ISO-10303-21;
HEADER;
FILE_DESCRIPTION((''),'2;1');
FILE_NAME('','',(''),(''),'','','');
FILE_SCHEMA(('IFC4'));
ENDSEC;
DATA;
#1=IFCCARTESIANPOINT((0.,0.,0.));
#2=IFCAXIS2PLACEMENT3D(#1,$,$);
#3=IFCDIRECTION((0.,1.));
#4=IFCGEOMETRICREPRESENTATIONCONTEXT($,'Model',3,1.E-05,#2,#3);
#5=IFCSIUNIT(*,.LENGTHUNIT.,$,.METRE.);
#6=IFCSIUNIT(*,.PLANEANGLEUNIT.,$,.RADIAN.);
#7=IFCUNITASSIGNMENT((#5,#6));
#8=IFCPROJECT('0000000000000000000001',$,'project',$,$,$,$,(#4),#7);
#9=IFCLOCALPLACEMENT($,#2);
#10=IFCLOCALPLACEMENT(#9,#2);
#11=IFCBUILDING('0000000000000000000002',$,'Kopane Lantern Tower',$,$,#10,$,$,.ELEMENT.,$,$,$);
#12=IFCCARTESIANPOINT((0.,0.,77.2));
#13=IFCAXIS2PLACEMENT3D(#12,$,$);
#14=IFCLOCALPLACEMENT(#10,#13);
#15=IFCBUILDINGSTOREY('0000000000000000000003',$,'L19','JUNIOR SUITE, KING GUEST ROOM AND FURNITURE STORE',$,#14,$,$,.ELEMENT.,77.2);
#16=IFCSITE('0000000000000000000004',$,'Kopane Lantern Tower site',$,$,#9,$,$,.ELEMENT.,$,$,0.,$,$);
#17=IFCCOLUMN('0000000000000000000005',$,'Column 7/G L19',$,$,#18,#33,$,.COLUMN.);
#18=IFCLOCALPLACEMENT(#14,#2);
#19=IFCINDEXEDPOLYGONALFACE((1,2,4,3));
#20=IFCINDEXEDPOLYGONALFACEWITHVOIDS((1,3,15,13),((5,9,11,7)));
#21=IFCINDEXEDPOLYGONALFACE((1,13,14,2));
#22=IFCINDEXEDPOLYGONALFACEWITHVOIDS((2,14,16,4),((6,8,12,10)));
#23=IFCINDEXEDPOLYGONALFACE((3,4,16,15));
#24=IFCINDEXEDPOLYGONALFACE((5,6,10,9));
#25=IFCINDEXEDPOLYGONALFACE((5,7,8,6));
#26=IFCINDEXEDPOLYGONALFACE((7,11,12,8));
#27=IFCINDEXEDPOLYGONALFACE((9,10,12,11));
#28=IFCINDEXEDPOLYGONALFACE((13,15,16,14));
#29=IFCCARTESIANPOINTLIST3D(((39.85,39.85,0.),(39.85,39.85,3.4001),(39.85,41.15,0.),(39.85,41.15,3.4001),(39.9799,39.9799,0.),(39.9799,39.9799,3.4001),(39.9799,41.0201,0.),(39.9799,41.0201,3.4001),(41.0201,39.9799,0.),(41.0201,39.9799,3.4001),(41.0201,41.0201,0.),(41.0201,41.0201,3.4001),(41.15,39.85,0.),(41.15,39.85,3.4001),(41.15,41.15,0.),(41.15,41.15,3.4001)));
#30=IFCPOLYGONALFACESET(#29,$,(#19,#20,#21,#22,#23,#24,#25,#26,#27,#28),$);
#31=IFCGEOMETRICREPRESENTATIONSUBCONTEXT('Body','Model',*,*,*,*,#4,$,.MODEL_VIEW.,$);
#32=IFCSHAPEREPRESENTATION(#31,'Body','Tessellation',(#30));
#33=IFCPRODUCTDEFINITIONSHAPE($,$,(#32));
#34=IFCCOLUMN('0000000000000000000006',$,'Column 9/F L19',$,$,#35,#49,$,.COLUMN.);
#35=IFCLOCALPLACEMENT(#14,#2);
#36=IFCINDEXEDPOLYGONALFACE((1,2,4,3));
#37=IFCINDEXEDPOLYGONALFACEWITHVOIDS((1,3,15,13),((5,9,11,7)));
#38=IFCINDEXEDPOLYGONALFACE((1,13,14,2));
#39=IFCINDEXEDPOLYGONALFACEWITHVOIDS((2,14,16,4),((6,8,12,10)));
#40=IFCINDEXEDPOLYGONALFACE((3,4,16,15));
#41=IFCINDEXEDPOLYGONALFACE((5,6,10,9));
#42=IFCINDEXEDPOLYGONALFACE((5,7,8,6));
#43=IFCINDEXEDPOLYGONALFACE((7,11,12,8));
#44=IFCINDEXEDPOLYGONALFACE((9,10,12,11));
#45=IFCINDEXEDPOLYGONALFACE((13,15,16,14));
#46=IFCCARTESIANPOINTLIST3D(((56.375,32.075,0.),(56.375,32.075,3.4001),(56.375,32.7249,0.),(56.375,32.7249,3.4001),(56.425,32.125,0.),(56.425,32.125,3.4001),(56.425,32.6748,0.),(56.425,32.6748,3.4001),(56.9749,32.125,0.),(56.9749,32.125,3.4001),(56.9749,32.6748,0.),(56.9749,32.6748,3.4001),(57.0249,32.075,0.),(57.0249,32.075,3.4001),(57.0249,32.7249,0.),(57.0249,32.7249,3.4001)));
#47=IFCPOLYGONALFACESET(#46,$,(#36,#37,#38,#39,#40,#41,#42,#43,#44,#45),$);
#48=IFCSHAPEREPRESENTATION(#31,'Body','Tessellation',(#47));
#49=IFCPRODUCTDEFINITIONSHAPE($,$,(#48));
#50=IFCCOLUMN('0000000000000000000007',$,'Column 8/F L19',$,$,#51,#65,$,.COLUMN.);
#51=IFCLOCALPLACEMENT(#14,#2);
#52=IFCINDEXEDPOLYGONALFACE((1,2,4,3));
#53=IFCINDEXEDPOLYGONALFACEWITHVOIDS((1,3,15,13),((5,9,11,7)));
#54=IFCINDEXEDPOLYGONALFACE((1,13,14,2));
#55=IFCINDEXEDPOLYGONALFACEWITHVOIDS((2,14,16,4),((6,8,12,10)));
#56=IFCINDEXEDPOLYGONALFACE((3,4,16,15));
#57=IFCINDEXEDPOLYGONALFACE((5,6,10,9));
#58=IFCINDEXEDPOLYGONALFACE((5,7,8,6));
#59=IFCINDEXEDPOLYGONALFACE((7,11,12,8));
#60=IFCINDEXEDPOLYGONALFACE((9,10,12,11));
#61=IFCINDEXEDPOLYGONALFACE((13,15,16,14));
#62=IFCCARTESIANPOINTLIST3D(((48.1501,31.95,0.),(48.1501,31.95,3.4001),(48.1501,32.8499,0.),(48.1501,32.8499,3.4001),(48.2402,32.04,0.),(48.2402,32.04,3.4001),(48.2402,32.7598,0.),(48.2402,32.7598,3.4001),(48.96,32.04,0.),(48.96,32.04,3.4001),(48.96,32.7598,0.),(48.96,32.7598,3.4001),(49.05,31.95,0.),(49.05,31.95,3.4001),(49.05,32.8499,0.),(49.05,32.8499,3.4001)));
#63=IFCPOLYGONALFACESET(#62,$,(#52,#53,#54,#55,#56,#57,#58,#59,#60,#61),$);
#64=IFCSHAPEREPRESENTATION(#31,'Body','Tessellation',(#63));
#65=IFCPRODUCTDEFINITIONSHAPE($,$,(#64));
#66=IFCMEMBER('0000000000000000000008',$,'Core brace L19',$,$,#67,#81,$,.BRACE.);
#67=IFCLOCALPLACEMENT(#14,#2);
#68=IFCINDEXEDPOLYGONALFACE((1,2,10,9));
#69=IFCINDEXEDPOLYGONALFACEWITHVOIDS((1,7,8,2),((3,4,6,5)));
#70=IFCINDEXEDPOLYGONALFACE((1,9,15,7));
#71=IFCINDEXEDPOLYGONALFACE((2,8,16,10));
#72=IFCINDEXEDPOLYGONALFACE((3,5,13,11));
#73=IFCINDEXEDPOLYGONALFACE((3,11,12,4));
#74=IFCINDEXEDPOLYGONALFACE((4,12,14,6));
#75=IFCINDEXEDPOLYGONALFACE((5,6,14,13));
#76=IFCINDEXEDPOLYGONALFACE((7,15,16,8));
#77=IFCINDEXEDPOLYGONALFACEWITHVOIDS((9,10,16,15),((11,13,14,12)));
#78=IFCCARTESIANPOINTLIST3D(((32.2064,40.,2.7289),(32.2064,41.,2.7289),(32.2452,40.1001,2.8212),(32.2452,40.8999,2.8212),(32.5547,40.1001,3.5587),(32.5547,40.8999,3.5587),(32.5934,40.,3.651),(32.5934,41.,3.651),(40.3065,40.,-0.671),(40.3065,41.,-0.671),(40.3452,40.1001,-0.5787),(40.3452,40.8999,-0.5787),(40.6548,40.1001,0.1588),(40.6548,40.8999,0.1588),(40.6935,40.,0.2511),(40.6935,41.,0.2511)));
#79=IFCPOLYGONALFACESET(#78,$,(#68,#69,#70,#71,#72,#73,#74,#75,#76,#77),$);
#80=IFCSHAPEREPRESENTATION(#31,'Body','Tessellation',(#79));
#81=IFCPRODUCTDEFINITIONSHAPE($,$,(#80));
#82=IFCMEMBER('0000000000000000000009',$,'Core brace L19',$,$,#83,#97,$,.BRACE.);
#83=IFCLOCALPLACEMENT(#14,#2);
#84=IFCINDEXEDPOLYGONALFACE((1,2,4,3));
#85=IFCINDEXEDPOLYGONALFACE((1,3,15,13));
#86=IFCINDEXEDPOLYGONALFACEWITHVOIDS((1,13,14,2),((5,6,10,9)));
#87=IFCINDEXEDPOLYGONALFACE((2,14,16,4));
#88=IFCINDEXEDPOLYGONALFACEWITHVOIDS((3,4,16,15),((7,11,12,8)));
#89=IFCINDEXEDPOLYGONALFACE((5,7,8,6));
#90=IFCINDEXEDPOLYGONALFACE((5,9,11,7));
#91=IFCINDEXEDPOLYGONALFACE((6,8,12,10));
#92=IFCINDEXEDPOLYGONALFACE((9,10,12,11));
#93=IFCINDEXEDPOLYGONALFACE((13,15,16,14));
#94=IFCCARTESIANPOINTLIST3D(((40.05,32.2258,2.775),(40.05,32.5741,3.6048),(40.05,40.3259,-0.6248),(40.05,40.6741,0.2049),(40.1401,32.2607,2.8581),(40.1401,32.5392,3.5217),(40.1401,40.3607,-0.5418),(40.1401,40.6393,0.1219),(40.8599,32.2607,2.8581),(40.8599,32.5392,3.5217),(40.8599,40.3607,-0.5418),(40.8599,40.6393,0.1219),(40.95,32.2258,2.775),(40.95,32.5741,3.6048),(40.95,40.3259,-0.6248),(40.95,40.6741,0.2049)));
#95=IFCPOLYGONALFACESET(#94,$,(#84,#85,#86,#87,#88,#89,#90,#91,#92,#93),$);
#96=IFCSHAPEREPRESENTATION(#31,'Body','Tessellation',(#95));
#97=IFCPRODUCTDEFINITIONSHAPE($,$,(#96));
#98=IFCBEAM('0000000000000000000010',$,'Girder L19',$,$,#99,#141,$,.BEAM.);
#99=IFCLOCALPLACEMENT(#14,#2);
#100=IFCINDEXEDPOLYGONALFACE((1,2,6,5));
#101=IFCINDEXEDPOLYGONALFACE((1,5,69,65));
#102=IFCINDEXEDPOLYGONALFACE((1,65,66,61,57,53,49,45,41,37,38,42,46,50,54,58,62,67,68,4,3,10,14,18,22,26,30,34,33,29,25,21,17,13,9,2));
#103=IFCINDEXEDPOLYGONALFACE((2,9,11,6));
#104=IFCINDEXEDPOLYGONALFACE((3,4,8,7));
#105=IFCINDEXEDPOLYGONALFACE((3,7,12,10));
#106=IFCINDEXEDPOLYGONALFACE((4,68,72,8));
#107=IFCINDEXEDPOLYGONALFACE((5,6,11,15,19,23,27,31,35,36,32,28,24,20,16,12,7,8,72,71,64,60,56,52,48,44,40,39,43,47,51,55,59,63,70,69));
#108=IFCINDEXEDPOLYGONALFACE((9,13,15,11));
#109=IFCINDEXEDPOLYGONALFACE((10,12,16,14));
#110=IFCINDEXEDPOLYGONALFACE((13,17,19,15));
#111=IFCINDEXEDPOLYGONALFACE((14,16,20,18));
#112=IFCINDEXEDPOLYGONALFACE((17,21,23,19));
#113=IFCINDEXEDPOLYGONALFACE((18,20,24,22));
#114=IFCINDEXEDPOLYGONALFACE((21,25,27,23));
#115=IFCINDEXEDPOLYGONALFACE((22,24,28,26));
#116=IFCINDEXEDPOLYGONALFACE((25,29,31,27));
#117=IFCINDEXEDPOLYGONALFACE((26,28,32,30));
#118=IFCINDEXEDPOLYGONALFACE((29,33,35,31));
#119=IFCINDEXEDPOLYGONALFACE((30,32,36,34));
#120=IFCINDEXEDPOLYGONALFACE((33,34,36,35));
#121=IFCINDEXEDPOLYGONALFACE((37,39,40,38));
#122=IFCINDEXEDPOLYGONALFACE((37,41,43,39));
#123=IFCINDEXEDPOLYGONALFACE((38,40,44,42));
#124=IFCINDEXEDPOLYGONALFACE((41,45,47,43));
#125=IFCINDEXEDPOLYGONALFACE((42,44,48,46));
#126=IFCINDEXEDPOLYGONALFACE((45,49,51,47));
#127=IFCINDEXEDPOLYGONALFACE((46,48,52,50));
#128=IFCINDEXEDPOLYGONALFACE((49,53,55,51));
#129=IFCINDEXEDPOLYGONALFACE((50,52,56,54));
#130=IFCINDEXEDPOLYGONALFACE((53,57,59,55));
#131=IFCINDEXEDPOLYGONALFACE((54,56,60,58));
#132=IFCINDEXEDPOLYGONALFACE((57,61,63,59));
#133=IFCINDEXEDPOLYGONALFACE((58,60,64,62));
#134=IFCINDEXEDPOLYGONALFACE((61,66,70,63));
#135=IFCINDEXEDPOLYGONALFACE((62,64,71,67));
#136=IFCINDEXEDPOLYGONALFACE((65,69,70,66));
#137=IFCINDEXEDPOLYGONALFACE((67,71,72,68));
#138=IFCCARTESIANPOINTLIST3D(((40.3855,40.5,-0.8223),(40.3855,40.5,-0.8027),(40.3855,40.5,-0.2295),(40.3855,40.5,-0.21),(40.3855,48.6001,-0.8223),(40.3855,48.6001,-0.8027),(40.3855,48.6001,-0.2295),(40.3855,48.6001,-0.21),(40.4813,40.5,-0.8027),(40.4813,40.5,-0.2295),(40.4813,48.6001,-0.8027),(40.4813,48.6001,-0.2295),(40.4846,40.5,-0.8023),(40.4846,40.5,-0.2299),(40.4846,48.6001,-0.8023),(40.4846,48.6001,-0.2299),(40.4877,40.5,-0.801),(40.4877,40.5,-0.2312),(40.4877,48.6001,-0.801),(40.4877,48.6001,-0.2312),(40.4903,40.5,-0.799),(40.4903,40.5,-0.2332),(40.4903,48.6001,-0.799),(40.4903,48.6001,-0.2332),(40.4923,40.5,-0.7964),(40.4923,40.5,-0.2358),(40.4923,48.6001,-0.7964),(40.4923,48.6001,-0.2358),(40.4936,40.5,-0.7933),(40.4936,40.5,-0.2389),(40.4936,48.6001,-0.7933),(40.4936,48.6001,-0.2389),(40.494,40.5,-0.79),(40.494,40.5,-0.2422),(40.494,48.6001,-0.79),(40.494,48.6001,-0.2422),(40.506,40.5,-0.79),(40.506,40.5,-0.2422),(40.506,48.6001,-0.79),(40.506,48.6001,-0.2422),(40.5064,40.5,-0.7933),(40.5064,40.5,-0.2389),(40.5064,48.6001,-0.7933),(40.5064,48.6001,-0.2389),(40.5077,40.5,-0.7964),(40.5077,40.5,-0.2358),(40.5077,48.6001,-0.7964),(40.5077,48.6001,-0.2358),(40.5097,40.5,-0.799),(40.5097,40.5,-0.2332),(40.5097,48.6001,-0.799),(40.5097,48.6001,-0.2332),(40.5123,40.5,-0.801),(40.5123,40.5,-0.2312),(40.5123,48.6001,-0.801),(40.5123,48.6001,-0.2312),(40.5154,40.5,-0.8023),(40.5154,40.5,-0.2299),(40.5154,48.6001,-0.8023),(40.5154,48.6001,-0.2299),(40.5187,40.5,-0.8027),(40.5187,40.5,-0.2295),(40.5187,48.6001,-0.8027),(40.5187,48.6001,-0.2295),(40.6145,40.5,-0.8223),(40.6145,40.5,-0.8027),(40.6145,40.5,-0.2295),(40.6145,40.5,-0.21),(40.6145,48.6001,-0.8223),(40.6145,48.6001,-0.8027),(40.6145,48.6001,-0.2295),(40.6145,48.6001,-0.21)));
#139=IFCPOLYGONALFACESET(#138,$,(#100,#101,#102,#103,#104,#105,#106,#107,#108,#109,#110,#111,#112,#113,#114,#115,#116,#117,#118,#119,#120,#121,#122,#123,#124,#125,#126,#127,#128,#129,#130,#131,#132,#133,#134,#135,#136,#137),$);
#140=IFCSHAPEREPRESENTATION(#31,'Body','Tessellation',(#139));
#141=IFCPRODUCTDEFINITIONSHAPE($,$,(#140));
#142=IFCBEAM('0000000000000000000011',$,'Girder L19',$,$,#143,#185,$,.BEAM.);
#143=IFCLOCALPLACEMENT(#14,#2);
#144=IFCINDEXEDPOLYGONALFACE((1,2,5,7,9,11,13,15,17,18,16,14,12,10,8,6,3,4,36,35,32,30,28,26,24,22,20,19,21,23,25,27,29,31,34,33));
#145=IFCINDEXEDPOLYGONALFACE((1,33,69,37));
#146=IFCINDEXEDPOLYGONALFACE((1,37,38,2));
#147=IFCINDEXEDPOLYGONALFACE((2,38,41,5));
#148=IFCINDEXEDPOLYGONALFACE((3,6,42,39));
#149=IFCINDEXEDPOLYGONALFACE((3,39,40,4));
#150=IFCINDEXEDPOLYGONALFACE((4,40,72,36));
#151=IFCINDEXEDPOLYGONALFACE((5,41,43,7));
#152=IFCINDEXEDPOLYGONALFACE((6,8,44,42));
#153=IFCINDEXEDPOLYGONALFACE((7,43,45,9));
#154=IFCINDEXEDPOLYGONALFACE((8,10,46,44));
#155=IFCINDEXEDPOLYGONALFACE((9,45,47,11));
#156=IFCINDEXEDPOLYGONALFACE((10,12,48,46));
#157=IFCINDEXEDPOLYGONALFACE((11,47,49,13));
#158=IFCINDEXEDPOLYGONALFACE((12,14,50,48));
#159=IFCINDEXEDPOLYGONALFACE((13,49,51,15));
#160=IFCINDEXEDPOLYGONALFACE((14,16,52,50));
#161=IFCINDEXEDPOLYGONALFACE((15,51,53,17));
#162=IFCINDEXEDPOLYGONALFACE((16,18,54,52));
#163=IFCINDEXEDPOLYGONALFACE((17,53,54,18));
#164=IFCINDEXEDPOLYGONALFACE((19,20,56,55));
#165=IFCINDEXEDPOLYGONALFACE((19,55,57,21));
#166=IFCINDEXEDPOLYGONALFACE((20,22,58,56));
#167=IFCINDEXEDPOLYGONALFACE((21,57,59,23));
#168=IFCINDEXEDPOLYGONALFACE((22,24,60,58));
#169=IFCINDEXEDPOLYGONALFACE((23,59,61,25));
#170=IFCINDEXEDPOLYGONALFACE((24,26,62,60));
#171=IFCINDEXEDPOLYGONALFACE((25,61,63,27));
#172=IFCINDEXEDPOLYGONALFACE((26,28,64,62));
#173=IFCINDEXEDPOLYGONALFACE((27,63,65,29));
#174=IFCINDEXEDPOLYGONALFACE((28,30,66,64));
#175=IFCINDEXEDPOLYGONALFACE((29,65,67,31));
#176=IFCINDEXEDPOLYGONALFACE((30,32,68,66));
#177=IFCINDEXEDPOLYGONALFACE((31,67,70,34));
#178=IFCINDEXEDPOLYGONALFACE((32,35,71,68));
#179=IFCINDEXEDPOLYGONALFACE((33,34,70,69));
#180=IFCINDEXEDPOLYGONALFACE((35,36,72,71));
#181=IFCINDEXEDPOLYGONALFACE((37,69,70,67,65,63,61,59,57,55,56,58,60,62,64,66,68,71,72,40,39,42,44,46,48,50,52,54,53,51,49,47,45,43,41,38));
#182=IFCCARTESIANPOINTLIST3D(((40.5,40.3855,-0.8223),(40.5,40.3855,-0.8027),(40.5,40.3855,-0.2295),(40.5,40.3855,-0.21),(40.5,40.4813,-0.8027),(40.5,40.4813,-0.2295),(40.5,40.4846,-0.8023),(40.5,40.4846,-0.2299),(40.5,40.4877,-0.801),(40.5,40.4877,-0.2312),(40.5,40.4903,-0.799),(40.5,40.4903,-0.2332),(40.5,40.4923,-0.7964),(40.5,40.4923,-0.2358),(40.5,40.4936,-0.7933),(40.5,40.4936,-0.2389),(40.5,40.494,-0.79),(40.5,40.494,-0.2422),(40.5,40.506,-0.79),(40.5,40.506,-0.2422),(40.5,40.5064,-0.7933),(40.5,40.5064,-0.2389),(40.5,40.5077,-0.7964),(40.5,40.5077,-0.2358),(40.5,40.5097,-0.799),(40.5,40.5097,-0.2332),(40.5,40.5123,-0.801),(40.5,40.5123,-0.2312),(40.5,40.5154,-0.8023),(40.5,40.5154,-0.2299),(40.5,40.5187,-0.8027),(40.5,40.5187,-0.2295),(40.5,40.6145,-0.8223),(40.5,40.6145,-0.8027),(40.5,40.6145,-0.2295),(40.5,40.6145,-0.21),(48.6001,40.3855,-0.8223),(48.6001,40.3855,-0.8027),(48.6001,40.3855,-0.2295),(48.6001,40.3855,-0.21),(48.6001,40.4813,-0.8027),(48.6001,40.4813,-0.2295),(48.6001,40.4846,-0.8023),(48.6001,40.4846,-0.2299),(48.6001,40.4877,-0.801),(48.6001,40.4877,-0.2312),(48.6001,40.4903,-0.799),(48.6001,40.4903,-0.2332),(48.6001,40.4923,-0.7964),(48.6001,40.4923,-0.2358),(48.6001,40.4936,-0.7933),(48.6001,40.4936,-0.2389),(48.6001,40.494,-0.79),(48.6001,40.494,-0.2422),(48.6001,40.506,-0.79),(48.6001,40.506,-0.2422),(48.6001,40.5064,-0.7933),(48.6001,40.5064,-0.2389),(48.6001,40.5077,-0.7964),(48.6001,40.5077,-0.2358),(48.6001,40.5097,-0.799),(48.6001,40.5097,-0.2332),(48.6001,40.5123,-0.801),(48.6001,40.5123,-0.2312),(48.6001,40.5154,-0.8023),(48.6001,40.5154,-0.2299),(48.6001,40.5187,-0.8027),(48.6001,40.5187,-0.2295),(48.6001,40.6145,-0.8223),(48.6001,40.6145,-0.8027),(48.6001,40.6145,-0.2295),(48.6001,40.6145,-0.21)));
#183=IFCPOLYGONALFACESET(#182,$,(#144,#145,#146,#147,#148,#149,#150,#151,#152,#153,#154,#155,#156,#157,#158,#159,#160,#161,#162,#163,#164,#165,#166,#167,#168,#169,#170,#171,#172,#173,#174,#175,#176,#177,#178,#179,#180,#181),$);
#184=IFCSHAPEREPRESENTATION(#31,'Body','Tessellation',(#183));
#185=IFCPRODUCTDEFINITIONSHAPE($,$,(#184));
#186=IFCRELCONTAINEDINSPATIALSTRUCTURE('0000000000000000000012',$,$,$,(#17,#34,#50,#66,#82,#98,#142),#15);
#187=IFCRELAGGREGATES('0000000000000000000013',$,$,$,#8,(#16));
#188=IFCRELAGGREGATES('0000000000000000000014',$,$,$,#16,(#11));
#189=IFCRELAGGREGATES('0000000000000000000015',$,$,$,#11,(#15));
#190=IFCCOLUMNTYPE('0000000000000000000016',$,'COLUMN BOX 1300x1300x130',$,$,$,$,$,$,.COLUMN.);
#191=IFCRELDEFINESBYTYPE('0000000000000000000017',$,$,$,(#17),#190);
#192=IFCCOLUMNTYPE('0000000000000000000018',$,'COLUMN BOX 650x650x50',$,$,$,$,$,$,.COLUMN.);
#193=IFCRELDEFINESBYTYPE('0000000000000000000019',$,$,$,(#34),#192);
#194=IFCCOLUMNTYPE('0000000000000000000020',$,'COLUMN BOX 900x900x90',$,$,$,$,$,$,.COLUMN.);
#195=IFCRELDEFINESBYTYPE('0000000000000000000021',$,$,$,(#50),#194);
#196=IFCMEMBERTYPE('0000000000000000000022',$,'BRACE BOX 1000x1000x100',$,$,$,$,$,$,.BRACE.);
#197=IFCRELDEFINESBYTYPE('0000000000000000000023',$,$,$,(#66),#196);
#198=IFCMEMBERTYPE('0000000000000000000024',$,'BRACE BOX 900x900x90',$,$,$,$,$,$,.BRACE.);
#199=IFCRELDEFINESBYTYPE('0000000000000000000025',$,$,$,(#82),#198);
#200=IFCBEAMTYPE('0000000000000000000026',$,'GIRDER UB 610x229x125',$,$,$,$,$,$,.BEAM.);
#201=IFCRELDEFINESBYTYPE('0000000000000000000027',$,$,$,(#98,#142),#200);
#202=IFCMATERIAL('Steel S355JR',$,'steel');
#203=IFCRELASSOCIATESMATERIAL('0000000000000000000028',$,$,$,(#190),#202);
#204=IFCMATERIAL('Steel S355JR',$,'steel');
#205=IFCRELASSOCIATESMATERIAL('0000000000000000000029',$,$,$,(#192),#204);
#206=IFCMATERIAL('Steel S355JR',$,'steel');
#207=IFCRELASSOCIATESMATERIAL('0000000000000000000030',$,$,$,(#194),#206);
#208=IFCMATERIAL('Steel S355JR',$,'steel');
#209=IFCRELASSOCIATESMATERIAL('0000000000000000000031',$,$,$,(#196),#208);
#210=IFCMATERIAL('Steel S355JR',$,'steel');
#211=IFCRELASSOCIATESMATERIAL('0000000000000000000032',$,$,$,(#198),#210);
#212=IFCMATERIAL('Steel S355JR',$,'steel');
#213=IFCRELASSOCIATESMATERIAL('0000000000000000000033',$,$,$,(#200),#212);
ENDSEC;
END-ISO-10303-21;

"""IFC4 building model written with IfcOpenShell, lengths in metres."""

from ifc_helpers import new_model, si_unit, direction, frame, origin, origin_2d, place, context, subcontext, project, spatial, hollow_rectangle, i_section, extrude, material, material_profile, profile_set, type_object, element, save


model = new_model("IFC4")

# Units and contexts
model_context = context("Model", 3, precision=1e-05, world=origin(), true_north=direction((0.0, 1.0)))
body_context = subcontext(model_context, "Body", "Model", "MODEL_VIEW")
ifc_project = project(units=[si_unit("LENGTHUNIT", "METRE"), si_unit("PLANEANGLEUNIT", "RADIAN")], contexts=[model_context])

# Site, building, storey
site_placement = place(None, origin())
site = spatial("IfcSite", under=ifc_project, at=site_placement, Name="Kopane Lantern Tower site", CompositionType="ELEMENT", RefElevation=0.0)
building_placement = place(site_placement, origin())
building = spatial("IfcBuilding", under=site, at=building_placement, Name="Kopane Lantern Tower", CompositionType="ELEMENT")
storey_placement = place(building_placement, frame((0.0, 0.0, 77.2)))
storey = spatial("IfcBuildingStorey", under=building, at=storey_placement, Name="L19", Description="JUNIOR SUITE, KING GUEST ROOM AND FURNITURE STORE", CompositionType="ELEMENT", Elevation=77.2)

# Columns
ifc_material_1 = material(Name="Steel S355JR", Category="steel")
ifc_material_profile_1 = material_profile(ifc_material_1, hollow_rectangle(XDim=1.3, YDim=1.3, WallThickness=0.1299, at=origin_2d()), Name="BOX 1300x1300x130")
ifc_profile_set_1 = profile_set([ifc_material_profile_1], Name="Steel S355JR")
column_type_1 = type_object("IfcColumnType", Name="COLUMN BOX 1300x1300x130", PredefinedType="COLUMN", material=ifc_profile_set_1)
column_1_placement = place(storey_placement, frame((40.5, 40.5, 0.0), z_axis=(0.0, 0.0, 1.0), x_axis=(1.0, 0.0, 0.0)))
element("IfcColumn", 1, at=column_1_placement, inside=storey, type_object=column_type_1, Name="Column 7/G L19", PredefinedType="COLUMN", context=body_context, shape_type="SweptSolid", body=[
    extrude(hollow_rectangle(XDim=1.3, YDim=1.3, WallThickness=0.1299, at=origin_2d()), origin(), (0.0, 0.0, 1.0), 3.4001),
])
ifc_material_2 = material(Name="Steel S355JR", Category="steel")
ifc_material_profile_2 = material_profile(ifc_material_2, hollow_rectangle(XDim=0.6499, YDim=0.6499, WallThickness=0.05, at=origin_2d()), Name="BOX 650x650x50")
ifc_profile_set_2 = profile_set([ifc_material_profile_2], Name="Steel S355JR")
column_type_2 = type_object("IfcColumnType", Name="COLUMN BOX 650x650x50", PredefinedType="COLUMN", material=ifc_profile_set_2)
column_2_placement = place(storey_placement, frame((56.7, 32.3999, 0.0), z_axis=(0.0, 0.0, 1.0), x_axis=(1.0, 0.0, 0.0)))
element("IfcColumn", 2, at=column_2_placement, inside=storey, type_object=column_type_2, Name="Column 9/F L19", PredefinedType="COLUMN", context=body_context, shape_type="SweptSolid", body=[
    extrude(hollow_rectangle(XDim=0.6499, YDim=0.6499, WallThickness=0.05, at=origin_2d()), origin(), (0.0, 0.0, 1.0), 3.4001),
])
ifc_material_3 = material(Name="Steel S355JR", Category="steel")
ifc_material_profile_3 = material_profile(ifc_material_3, hollow_rectangle(XDim=0.8999, YDim=0.8999, WallThickness=0.0901, at=origin_2d()), Name="BOX 900x900x90")
ifc_profile_set_3 = profile_set([ifc_material_profile_3], Name="Steel S355JR")
column_type_3 = type_object("IfcColumnType", Name="COLUMN BOX 900x900x90", PredefinedType="COLUMN", material=ifc_profile_set_3)
column_3_placement = place(storey_placement, frame((48.6001, 32.3999, 0.0), z_axis=(0.0, 0.0, 1.0), x_axis=(1.0, 0.0, 0.0)))
element("IfcColumn", 3, at=column_3_placement, inside=storey, type_object=column_type_3, Name="Column 8/F L19", PredefinedType="COLUMN", context=body_context, shape_type="SweptSolid", body=[
    extrude(hollow_rectangle(XDim=0.8999, YDim=0.8999, WallThickness=0.0901, at=origin_2d()), origin(), (0.0, 0.0, 1.0), 3.4001),
])

# Members
ifc_material_4 = material(Name="Steel S355JR", Category="steel")
ifc_material_profile_4 = material_profile(ifc_material_4, hollow_rectangle(XDim=1.0, YDim=1.0, WallThickness=0.1001, at=origin_2d()), Name="BOX 1000x1000x100")
ifc_profile_set_4 = profile_set([ifc_material_profile_4], Name="Steel S355JR")
member_type_1 = type_object("IfcMemberType", Name="BRACE BOX 1000x1000x100", PredefinedType="BRACE", material=ifc_profile_set_4)
member_1_placement = place(storey_placement, frame((40.5, 40.5, -0.21), z_axis=(-0.922069, 0.0, 0.387026), x_axis=(0.0, -1.0, 0.0)))
element("IfcMember", 4, at=member_1_placement, inside=storey, type_object=member_type_1, Name="Core brace L19", PredefinedType="BRACE", context=body_context, shape_type="SweptSolid", body=[
    extrude(hollow_rectangle(XDim=1.0, YDim=1.0, WallThickness=0.1001, at=origin_2d()), origin(), (0.0, 0.0, 1.0), 8.7847),
])
ifc_material_5 = material(Name="Steel S355JR", Category="steel")
ifc_material_profile_5 = material_profile(ifc_material_5, hollow_rectangle(XDim=0.8999, YDim=0.8999, WallThickness=0.0901, at=origin_2d()), Name="BOX 900x900x90")
ifc_profile_set_5 = profile_set([ifc_material_profile_5], Name="Steel S355JR")
member_type_2 = type_object("IfcMemberType", Name="BRACE BOX 900x900x90", PredefinedType="BRACE", material=ifc_profile_set_5)
member_2_placement = place(storey_placement, frame((40.5, 40.5, -0.21), z_axis=(0.0, -0.922069, 0.387026), x_axis=(1.0, 0.0, 0.0)))
element("IfcMember", 5, at=member_2_placement, inside=storey, type_object=member_type_2, Name="Core brace L19", PredefinedType="BRACE", context=body_context, shape_type="SweptSolid", body=[
    extrude(hollow_rectangle(XDim=0.8999, YDim=0.8999, WallThickness=0.0901, at=origin_2d()), origin(), (0.0, 0.0, 1.0), 8.7847),
])

# Beams
ifc_material_6 = material(Name="Steel S355JR", Category="steel")
ifc_material_profile_6 = material_profile(ifc_material_6, i_section(OverallWidth=0.229, OverallDepth=0.6123, WebThickness=0.012, FlangeThickness=0.0195, FilletRadius=0.0127, at=origin_2d()), Name="UB 610x229x125")
ifc_profile_set_6 = profile_set([ifc_material_profile_6], Name="Steel S355JR")
beam_type = type_object("IfcBeamType", Name="GIRDER UB 610x229x125", PredefinedType="BEAM", material=ifc_profile_set_6)
for number, where, z_axis, x_axis, name in (
    (6, (40.5, 40.5, -0.5161), (0.0, 1.0, 0.0), (-1.0, 0.0, 0.0), "Girder L19"),
    (7, (40.5, 40.5, -0.5161), (1.0, 0.0, 0.0), (0.0, 1.0, 0.0), "Girder L19"),
):
    element("IfcBeam", number, at=place(storey_placement, frame(where, z_axis=z_axis, x_axis=x_axis)), inside=storey, type_object=beam_type, Name=name, PredefinedType="BEAM", context=body_context, shape_type="SweptSolid", body=[
        extrude(i_section(OverallWidth=0.229, OverallDepth=0.6123, WebThickness=0.012, FlangeThickness=0.0195, FilletRadius=0.0127, at=origin_2d()), origin(), (0.0, 0.0, 1.0), 8.1001),
    ])

save(model, "model.ifc")
